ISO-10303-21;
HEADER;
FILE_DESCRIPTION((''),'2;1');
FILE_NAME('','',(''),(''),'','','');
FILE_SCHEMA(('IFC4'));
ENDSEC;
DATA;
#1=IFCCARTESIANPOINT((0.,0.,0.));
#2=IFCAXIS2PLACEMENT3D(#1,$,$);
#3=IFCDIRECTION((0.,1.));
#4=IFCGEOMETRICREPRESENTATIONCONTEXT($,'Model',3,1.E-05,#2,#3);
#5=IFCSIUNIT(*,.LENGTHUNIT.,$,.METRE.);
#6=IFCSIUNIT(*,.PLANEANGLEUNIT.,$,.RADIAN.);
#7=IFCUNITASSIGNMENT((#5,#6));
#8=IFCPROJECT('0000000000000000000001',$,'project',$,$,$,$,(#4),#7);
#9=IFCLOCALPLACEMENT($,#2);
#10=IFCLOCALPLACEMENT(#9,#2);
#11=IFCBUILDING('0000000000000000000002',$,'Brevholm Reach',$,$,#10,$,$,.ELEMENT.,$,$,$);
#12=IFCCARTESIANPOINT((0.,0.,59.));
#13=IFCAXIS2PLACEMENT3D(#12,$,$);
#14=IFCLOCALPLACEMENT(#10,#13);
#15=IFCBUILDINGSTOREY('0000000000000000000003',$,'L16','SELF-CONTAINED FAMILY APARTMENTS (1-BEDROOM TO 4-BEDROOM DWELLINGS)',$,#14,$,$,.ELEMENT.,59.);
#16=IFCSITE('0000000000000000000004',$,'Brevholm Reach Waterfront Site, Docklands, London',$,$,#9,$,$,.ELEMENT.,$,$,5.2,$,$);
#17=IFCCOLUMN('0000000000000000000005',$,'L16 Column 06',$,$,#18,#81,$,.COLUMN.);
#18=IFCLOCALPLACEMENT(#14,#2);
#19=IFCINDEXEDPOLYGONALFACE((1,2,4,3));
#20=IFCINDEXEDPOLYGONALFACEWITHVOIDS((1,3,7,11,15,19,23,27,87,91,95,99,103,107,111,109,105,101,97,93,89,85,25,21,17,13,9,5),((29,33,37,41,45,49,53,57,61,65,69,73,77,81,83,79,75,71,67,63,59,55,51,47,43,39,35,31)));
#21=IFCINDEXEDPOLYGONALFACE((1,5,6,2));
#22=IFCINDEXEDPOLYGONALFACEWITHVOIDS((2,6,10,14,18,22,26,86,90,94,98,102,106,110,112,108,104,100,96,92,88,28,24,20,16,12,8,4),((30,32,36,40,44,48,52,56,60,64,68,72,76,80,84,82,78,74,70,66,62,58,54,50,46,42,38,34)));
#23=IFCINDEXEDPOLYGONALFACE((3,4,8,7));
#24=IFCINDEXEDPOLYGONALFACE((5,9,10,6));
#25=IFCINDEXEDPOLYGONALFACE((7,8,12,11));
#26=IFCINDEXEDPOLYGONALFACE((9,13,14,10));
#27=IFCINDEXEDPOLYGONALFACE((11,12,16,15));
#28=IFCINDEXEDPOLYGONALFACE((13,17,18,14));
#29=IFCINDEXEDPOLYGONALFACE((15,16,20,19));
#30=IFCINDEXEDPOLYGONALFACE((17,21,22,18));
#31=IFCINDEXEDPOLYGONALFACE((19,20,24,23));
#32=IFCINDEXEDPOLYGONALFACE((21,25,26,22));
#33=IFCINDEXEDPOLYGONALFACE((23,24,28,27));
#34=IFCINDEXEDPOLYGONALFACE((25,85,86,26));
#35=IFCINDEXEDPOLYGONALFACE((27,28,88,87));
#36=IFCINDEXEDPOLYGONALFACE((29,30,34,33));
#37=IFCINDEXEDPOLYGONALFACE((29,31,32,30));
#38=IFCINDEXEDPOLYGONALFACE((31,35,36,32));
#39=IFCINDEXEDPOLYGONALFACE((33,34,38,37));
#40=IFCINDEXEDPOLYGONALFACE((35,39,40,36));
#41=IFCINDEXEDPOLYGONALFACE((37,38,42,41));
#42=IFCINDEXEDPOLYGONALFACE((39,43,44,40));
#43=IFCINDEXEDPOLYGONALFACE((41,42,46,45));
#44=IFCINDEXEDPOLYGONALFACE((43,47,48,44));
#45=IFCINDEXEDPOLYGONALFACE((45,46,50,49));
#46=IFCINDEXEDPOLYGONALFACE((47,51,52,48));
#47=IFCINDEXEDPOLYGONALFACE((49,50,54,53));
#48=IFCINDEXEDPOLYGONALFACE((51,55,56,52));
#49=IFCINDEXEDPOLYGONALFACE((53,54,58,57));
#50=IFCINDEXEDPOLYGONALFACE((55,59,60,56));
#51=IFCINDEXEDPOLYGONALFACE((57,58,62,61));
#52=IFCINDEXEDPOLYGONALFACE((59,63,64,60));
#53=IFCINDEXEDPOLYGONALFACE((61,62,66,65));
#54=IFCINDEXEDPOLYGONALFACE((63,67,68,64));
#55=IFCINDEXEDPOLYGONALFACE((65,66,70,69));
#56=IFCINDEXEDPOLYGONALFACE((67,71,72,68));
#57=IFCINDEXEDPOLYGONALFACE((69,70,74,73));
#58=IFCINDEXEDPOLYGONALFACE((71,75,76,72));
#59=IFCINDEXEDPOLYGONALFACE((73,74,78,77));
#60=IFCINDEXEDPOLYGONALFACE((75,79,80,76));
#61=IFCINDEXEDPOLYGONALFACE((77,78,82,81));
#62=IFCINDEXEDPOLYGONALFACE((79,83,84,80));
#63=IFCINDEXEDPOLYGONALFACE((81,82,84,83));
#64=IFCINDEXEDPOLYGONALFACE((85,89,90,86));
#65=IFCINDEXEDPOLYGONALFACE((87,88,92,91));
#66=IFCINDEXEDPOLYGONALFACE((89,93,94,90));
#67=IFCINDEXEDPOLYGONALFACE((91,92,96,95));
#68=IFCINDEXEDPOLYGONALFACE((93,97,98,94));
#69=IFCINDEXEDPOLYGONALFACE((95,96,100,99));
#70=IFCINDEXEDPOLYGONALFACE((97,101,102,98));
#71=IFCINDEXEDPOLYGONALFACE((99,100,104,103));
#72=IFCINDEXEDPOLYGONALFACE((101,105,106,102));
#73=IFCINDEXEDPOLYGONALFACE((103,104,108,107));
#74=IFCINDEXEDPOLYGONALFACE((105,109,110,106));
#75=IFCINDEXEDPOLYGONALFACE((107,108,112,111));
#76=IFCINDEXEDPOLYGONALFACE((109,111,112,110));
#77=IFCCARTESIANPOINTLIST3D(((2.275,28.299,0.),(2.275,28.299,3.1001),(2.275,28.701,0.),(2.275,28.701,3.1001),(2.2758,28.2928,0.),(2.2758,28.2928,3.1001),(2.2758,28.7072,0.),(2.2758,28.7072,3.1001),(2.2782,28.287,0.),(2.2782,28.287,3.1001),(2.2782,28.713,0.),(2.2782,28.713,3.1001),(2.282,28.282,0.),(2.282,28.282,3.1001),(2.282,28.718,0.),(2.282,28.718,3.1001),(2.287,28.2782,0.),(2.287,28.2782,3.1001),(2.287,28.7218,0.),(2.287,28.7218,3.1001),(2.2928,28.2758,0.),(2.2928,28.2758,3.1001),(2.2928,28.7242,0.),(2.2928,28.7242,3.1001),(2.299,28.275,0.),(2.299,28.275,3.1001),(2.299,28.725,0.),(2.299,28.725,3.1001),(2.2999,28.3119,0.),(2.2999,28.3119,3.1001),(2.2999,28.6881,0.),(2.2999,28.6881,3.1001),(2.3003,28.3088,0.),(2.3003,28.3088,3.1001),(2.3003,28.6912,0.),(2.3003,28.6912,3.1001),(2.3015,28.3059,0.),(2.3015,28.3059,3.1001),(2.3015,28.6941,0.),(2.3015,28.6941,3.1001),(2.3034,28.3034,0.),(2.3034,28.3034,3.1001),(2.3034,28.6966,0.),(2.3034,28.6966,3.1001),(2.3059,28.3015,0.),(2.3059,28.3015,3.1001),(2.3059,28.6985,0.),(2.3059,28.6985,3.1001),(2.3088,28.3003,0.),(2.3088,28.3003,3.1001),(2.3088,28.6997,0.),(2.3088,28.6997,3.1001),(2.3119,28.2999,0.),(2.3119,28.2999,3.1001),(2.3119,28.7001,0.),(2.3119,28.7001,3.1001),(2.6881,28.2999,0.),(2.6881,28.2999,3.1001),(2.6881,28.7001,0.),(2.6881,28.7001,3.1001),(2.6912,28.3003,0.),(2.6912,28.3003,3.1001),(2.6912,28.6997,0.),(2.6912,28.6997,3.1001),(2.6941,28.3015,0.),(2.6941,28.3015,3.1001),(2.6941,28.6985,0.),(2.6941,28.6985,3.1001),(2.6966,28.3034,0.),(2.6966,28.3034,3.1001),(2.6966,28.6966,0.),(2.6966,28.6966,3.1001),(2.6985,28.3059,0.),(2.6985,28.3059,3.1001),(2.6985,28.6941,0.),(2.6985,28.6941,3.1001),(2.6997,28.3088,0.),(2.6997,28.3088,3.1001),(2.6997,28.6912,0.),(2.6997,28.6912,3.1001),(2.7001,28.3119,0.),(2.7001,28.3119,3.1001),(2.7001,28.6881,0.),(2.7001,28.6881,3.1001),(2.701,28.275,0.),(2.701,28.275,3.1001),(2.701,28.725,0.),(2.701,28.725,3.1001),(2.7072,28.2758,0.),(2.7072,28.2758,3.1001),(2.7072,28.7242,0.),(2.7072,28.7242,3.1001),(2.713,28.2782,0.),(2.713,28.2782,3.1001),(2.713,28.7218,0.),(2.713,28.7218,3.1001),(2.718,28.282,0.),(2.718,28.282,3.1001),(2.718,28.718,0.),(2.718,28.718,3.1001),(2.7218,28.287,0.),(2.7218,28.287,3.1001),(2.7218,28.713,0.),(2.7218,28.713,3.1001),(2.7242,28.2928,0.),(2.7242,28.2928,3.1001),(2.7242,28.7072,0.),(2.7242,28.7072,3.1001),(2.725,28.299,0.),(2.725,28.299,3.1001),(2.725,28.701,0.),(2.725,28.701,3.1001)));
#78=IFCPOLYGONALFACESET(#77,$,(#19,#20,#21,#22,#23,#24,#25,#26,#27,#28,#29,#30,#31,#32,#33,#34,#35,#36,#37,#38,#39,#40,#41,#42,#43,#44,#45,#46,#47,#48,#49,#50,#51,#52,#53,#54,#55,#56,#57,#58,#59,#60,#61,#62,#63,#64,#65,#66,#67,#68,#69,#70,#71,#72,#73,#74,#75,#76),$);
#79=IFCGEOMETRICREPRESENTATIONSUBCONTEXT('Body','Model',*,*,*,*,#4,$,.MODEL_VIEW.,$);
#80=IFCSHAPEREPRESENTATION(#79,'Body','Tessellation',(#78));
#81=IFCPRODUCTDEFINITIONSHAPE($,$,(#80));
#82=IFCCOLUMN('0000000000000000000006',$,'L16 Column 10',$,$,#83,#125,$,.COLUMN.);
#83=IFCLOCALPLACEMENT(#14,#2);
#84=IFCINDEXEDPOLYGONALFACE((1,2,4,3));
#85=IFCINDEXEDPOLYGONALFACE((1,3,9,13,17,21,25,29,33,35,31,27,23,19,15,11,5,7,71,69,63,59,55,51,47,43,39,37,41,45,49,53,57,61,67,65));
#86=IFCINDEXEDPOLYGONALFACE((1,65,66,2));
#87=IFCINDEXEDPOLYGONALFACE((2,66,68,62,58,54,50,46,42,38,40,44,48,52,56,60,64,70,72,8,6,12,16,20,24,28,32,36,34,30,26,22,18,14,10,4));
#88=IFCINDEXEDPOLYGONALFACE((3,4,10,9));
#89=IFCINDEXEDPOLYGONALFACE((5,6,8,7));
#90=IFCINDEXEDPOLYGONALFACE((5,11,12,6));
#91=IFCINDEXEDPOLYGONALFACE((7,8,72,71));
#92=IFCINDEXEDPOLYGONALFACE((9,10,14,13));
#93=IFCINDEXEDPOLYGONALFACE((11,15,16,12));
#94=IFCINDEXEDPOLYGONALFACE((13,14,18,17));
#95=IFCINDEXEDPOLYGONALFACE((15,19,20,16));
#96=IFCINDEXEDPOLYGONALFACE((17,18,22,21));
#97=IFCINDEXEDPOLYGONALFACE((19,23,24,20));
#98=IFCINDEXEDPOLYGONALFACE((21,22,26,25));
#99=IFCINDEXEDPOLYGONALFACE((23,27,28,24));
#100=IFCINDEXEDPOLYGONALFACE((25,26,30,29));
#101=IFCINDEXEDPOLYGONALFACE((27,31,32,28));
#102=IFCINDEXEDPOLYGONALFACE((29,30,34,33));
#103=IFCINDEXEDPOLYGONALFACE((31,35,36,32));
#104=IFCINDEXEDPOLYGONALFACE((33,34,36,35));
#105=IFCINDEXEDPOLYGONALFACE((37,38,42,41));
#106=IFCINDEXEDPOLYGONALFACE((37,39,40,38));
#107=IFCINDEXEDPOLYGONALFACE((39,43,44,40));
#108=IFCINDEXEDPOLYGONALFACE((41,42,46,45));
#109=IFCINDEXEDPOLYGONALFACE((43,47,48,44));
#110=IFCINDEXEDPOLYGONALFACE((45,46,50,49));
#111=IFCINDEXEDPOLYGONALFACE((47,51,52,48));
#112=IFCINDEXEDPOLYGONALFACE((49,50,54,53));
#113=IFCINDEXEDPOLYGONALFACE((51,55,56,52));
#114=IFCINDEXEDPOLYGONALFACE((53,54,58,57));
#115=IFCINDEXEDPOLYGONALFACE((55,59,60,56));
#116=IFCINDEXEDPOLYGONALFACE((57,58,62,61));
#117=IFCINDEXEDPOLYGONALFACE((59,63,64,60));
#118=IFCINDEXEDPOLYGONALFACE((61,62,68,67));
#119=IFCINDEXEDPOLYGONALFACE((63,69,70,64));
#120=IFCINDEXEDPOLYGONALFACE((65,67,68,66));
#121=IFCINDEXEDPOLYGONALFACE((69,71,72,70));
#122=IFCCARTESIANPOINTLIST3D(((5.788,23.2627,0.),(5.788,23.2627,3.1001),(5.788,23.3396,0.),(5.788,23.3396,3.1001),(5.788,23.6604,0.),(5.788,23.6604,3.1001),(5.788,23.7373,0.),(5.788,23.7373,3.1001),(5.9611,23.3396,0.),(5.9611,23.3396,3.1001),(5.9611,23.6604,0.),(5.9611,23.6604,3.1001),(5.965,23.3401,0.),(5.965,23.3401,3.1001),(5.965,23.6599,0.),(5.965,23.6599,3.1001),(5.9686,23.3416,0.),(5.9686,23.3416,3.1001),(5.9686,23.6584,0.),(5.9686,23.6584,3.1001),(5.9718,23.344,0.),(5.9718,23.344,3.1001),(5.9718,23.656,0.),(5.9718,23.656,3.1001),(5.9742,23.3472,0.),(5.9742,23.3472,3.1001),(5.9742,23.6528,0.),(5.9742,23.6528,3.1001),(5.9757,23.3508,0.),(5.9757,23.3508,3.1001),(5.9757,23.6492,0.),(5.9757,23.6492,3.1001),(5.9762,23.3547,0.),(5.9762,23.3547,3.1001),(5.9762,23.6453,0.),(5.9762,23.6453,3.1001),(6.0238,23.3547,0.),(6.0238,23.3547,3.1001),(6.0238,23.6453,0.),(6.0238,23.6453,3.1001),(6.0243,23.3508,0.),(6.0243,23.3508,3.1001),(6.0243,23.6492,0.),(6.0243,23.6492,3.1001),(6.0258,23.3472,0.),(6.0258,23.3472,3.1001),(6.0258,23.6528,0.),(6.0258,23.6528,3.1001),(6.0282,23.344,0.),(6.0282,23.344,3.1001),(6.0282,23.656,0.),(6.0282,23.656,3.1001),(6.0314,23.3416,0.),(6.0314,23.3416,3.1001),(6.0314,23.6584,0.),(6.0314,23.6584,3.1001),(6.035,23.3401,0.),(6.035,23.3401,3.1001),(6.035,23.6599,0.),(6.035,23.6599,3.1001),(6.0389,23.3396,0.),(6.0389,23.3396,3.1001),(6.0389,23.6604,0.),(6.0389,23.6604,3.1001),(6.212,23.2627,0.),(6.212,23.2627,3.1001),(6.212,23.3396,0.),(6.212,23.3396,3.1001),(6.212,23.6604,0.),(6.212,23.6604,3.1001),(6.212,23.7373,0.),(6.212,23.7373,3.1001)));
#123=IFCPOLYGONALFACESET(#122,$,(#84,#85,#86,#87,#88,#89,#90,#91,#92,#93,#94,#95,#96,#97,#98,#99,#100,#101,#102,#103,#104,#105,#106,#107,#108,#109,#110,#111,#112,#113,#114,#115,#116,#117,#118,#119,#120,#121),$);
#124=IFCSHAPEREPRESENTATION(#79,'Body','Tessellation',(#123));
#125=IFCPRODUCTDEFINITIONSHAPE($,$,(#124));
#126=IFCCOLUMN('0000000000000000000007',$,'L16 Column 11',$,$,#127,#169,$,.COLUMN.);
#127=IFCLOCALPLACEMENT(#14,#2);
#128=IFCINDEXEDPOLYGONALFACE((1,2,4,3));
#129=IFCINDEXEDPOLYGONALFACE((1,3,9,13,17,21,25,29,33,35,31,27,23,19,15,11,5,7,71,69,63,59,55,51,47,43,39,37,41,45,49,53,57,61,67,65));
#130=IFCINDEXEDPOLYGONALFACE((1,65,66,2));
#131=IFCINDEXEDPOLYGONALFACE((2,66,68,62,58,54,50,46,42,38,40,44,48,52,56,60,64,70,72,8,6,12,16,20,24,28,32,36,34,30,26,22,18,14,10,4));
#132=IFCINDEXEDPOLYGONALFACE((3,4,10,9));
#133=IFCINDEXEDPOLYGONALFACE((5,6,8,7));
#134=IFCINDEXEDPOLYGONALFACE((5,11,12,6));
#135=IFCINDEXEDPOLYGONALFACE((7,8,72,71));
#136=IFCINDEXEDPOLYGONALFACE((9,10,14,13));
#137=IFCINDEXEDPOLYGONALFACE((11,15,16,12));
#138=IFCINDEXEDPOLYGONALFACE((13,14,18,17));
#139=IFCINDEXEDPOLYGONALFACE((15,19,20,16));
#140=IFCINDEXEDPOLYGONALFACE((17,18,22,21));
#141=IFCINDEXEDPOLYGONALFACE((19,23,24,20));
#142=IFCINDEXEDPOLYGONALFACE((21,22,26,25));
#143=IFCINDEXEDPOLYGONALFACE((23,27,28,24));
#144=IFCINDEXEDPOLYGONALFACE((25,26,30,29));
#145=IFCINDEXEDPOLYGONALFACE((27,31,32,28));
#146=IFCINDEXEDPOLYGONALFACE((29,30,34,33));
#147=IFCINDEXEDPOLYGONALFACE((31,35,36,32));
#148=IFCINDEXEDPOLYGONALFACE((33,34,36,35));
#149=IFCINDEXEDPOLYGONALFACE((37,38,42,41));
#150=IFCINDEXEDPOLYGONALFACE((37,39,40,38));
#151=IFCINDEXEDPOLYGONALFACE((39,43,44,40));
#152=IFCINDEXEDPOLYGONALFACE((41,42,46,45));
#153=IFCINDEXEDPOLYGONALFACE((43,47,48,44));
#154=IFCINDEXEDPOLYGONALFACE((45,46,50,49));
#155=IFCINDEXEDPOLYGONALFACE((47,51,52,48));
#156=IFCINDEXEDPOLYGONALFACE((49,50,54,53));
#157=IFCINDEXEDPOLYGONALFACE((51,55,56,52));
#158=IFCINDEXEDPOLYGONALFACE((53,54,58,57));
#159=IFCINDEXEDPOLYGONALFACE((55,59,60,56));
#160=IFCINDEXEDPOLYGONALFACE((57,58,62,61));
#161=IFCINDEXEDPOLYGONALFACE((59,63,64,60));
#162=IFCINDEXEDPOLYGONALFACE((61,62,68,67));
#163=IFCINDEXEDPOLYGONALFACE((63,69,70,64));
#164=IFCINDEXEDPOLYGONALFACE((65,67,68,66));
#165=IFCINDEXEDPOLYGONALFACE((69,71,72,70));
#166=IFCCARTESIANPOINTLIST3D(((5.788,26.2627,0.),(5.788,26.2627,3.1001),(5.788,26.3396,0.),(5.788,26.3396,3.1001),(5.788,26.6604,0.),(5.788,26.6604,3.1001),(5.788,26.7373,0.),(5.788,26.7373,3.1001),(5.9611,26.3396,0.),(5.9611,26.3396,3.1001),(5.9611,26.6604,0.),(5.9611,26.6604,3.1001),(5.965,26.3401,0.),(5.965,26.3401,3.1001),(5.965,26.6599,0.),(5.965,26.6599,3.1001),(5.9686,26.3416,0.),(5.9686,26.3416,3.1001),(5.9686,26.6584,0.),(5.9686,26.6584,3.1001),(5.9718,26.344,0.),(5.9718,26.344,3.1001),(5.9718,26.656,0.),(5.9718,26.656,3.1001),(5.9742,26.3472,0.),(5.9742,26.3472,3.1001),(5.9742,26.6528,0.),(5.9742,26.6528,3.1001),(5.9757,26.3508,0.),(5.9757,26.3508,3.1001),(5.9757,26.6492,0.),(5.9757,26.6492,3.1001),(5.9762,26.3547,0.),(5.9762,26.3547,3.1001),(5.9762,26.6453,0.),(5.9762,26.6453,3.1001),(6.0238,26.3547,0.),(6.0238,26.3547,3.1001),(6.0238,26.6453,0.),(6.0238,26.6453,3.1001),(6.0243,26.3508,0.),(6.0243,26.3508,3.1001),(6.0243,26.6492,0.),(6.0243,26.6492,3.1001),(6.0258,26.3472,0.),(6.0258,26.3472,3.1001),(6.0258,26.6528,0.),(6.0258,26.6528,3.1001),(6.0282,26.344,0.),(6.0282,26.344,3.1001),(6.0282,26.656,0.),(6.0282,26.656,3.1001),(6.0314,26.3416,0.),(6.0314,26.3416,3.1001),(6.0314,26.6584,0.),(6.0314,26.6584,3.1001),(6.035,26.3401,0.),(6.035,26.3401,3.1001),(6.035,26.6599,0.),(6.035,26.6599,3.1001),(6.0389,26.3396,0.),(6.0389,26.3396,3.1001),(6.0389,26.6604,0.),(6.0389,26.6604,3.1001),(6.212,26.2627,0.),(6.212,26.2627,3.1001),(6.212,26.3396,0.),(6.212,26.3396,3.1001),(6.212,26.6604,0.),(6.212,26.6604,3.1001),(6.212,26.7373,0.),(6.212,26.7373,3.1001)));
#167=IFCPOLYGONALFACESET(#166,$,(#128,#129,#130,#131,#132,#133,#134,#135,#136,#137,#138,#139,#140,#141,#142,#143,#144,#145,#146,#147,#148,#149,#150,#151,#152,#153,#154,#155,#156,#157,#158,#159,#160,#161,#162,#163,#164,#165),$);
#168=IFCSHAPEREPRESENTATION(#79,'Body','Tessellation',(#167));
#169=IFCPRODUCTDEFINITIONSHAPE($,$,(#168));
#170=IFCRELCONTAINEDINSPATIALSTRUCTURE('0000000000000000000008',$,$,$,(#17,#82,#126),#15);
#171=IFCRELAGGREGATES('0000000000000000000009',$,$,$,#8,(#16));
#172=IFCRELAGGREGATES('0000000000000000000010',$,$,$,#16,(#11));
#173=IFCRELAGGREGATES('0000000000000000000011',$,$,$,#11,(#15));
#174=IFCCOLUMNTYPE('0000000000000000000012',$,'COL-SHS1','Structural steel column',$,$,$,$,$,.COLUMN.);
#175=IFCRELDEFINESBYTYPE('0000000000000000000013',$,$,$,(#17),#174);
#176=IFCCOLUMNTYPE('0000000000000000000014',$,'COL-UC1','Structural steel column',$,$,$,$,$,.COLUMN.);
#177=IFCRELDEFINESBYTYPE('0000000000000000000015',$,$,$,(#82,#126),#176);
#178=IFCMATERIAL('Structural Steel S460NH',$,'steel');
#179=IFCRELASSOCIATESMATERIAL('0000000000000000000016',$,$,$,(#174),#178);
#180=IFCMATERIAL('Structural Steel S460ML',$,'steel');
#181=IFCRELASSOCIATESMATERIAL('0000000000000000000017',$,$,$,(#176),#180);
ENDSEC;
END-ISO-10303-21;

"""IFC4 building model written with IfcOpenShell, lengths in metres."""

from ifc_helpers import new_model, si_unit, direction, frame, origin, origin_2d, place, context, subcontext, project, spatial, hollow_rectangle, i_section, extrude, material, material_profile, profile_set, type_object, element, save


model = new_model("IFC4")

# Units and contexts
model_context = context("Model", 3, precision=1e-05, world=origin(), true_north=direction((0.0, 1.0)))
body_context = subcontext(model_context, "Body", "Model", "MODEL_VIEW")
ifc_project = project(units=[si_unit("LENGTHUNIT", "METRE"), si_unit("PLANEANGLEUNIT", "RADIAN")], contexts=[model_context])

# Site, building, storey
site_placement = place(None, origin())
site = spatial("IfcSite", under=ifc_project, at=site_placement, Name="Brevholm Reach Waterfront Site, Docklands, London", CompositionType="ELEMENT", RefElevation=5.2)
building_placement = place(site_placement, origin())
building = spatial("IfcBuilding", under=site, at=building_placement, Name="Brevholm Reach", CompositionType="ELEMENT")
storey_placement = place(building_placement, frame((0.0, 0.0, 59.0)))
storey = spatial("IfcBuildingStorey", under=building, at=storey_placement, Name="L16", Description="SELF-CONTAINED FAMILY APARTMENTS (1-BEDROOM TO 4-BEDROOM DWELLINGS)", CompositionType="ELEMENT", Elevation=59.0)

# Columns
ifc_material_1 = material(Name="Structural Steel S460NH", Category="steel")
ifc_material_profile_1 = material_profile(ifc_material_1, hollow_rectangle(XDim=0.45, YDim=0.45, WallThickness=0.0249, InnerFilletRadius=0.012, OuterFilletRadius=0.0239, at=origin_2d()), Name="SHS 450x450x25")
ifc_profile_set_1 = profile_set([ifc_material_profile_1], Name="Structural Steel S460NH")
column_type_1 = type_object("IfcColumnType", Name="COL-SHS1", Description="Structural steel column", PredefinedType="COLUMN", material=ifc_profile_set_1)
column_placement = place(storey_placement, frame((2.5, 28.5, 0.0), z_axis=(0.0, 0.0, 1.0), x_axis=(1.0, 0.0, 0.0)))
element("IfcColumn", 1, at=column_placement, inside=storey, type_object=column_type_1, Name="L16 Column 06", PredefinedType="COLUMN", context=body_context, shape_type="SweptSolid", body=[
    extrude(hollow_rectangle(XDim=0.45, YDim=0.45, WallThickness=0.0249, InnerFilletRadius=0.012, OuterFilletRadius=0.0239, at=origin_2d()), origin(), (0.0, 0.0, 1.0), 3.1001),
])
ifc_material_2 = material(Name="Structural Steel S460ML", Category="steel")
ifc_material_profile_2 = material_profile(ifc_material_2, i_section(OverallWidth=0.4241, OverallDepth=0.4746, WebThickness=0.0476, FlangeThickness=0.0769, FilletRadius=0.0151, at=origin_2d()), Name="UKC 356x406x634")
ifc_profile_set_2 = profile_set([ifc_material_profile_2], Name="Structural Steel S460ML")
column_type_2 = type_object("IfcColumnType", Name="COL-UC1", Description="Structural steel column", PredefinedType="COLUMN", material=ifc_profile_set_2)
for number, where, z_axis, x_axis, name in (
    (2, (6.0, 23.5, 0.0), (0.0, 0.0, 1.0), (1.0, 0.0, 0.0), "L16 Column 10"),
    (3, (6.0, 26.5, 0.0), (0.0, 0.0, 1.0), (1.0, 0.0, 0.0), "L16 Column 11"),
):
    element("IfcColumn", number, at=place(storey_placement, frame(where, z_axis=z_axis, x_axis=x_axis)), inside=storey, type_object=column_type_2, Name=name, PredefinedType="COLUMN", context=body_context, shape_type="SweptSolid", body=[
        extrude(i_section(OverallWidth=0.4241, OverallDepth=0.4746, WebThickness=0.0476, FlangeThickness=0.0769, FilletRadius=0.0151, at=origin_2d()), origin(), (0.0, 0.0, 1.0), 3.1001),
    ])

save(model, "model.ifc")
